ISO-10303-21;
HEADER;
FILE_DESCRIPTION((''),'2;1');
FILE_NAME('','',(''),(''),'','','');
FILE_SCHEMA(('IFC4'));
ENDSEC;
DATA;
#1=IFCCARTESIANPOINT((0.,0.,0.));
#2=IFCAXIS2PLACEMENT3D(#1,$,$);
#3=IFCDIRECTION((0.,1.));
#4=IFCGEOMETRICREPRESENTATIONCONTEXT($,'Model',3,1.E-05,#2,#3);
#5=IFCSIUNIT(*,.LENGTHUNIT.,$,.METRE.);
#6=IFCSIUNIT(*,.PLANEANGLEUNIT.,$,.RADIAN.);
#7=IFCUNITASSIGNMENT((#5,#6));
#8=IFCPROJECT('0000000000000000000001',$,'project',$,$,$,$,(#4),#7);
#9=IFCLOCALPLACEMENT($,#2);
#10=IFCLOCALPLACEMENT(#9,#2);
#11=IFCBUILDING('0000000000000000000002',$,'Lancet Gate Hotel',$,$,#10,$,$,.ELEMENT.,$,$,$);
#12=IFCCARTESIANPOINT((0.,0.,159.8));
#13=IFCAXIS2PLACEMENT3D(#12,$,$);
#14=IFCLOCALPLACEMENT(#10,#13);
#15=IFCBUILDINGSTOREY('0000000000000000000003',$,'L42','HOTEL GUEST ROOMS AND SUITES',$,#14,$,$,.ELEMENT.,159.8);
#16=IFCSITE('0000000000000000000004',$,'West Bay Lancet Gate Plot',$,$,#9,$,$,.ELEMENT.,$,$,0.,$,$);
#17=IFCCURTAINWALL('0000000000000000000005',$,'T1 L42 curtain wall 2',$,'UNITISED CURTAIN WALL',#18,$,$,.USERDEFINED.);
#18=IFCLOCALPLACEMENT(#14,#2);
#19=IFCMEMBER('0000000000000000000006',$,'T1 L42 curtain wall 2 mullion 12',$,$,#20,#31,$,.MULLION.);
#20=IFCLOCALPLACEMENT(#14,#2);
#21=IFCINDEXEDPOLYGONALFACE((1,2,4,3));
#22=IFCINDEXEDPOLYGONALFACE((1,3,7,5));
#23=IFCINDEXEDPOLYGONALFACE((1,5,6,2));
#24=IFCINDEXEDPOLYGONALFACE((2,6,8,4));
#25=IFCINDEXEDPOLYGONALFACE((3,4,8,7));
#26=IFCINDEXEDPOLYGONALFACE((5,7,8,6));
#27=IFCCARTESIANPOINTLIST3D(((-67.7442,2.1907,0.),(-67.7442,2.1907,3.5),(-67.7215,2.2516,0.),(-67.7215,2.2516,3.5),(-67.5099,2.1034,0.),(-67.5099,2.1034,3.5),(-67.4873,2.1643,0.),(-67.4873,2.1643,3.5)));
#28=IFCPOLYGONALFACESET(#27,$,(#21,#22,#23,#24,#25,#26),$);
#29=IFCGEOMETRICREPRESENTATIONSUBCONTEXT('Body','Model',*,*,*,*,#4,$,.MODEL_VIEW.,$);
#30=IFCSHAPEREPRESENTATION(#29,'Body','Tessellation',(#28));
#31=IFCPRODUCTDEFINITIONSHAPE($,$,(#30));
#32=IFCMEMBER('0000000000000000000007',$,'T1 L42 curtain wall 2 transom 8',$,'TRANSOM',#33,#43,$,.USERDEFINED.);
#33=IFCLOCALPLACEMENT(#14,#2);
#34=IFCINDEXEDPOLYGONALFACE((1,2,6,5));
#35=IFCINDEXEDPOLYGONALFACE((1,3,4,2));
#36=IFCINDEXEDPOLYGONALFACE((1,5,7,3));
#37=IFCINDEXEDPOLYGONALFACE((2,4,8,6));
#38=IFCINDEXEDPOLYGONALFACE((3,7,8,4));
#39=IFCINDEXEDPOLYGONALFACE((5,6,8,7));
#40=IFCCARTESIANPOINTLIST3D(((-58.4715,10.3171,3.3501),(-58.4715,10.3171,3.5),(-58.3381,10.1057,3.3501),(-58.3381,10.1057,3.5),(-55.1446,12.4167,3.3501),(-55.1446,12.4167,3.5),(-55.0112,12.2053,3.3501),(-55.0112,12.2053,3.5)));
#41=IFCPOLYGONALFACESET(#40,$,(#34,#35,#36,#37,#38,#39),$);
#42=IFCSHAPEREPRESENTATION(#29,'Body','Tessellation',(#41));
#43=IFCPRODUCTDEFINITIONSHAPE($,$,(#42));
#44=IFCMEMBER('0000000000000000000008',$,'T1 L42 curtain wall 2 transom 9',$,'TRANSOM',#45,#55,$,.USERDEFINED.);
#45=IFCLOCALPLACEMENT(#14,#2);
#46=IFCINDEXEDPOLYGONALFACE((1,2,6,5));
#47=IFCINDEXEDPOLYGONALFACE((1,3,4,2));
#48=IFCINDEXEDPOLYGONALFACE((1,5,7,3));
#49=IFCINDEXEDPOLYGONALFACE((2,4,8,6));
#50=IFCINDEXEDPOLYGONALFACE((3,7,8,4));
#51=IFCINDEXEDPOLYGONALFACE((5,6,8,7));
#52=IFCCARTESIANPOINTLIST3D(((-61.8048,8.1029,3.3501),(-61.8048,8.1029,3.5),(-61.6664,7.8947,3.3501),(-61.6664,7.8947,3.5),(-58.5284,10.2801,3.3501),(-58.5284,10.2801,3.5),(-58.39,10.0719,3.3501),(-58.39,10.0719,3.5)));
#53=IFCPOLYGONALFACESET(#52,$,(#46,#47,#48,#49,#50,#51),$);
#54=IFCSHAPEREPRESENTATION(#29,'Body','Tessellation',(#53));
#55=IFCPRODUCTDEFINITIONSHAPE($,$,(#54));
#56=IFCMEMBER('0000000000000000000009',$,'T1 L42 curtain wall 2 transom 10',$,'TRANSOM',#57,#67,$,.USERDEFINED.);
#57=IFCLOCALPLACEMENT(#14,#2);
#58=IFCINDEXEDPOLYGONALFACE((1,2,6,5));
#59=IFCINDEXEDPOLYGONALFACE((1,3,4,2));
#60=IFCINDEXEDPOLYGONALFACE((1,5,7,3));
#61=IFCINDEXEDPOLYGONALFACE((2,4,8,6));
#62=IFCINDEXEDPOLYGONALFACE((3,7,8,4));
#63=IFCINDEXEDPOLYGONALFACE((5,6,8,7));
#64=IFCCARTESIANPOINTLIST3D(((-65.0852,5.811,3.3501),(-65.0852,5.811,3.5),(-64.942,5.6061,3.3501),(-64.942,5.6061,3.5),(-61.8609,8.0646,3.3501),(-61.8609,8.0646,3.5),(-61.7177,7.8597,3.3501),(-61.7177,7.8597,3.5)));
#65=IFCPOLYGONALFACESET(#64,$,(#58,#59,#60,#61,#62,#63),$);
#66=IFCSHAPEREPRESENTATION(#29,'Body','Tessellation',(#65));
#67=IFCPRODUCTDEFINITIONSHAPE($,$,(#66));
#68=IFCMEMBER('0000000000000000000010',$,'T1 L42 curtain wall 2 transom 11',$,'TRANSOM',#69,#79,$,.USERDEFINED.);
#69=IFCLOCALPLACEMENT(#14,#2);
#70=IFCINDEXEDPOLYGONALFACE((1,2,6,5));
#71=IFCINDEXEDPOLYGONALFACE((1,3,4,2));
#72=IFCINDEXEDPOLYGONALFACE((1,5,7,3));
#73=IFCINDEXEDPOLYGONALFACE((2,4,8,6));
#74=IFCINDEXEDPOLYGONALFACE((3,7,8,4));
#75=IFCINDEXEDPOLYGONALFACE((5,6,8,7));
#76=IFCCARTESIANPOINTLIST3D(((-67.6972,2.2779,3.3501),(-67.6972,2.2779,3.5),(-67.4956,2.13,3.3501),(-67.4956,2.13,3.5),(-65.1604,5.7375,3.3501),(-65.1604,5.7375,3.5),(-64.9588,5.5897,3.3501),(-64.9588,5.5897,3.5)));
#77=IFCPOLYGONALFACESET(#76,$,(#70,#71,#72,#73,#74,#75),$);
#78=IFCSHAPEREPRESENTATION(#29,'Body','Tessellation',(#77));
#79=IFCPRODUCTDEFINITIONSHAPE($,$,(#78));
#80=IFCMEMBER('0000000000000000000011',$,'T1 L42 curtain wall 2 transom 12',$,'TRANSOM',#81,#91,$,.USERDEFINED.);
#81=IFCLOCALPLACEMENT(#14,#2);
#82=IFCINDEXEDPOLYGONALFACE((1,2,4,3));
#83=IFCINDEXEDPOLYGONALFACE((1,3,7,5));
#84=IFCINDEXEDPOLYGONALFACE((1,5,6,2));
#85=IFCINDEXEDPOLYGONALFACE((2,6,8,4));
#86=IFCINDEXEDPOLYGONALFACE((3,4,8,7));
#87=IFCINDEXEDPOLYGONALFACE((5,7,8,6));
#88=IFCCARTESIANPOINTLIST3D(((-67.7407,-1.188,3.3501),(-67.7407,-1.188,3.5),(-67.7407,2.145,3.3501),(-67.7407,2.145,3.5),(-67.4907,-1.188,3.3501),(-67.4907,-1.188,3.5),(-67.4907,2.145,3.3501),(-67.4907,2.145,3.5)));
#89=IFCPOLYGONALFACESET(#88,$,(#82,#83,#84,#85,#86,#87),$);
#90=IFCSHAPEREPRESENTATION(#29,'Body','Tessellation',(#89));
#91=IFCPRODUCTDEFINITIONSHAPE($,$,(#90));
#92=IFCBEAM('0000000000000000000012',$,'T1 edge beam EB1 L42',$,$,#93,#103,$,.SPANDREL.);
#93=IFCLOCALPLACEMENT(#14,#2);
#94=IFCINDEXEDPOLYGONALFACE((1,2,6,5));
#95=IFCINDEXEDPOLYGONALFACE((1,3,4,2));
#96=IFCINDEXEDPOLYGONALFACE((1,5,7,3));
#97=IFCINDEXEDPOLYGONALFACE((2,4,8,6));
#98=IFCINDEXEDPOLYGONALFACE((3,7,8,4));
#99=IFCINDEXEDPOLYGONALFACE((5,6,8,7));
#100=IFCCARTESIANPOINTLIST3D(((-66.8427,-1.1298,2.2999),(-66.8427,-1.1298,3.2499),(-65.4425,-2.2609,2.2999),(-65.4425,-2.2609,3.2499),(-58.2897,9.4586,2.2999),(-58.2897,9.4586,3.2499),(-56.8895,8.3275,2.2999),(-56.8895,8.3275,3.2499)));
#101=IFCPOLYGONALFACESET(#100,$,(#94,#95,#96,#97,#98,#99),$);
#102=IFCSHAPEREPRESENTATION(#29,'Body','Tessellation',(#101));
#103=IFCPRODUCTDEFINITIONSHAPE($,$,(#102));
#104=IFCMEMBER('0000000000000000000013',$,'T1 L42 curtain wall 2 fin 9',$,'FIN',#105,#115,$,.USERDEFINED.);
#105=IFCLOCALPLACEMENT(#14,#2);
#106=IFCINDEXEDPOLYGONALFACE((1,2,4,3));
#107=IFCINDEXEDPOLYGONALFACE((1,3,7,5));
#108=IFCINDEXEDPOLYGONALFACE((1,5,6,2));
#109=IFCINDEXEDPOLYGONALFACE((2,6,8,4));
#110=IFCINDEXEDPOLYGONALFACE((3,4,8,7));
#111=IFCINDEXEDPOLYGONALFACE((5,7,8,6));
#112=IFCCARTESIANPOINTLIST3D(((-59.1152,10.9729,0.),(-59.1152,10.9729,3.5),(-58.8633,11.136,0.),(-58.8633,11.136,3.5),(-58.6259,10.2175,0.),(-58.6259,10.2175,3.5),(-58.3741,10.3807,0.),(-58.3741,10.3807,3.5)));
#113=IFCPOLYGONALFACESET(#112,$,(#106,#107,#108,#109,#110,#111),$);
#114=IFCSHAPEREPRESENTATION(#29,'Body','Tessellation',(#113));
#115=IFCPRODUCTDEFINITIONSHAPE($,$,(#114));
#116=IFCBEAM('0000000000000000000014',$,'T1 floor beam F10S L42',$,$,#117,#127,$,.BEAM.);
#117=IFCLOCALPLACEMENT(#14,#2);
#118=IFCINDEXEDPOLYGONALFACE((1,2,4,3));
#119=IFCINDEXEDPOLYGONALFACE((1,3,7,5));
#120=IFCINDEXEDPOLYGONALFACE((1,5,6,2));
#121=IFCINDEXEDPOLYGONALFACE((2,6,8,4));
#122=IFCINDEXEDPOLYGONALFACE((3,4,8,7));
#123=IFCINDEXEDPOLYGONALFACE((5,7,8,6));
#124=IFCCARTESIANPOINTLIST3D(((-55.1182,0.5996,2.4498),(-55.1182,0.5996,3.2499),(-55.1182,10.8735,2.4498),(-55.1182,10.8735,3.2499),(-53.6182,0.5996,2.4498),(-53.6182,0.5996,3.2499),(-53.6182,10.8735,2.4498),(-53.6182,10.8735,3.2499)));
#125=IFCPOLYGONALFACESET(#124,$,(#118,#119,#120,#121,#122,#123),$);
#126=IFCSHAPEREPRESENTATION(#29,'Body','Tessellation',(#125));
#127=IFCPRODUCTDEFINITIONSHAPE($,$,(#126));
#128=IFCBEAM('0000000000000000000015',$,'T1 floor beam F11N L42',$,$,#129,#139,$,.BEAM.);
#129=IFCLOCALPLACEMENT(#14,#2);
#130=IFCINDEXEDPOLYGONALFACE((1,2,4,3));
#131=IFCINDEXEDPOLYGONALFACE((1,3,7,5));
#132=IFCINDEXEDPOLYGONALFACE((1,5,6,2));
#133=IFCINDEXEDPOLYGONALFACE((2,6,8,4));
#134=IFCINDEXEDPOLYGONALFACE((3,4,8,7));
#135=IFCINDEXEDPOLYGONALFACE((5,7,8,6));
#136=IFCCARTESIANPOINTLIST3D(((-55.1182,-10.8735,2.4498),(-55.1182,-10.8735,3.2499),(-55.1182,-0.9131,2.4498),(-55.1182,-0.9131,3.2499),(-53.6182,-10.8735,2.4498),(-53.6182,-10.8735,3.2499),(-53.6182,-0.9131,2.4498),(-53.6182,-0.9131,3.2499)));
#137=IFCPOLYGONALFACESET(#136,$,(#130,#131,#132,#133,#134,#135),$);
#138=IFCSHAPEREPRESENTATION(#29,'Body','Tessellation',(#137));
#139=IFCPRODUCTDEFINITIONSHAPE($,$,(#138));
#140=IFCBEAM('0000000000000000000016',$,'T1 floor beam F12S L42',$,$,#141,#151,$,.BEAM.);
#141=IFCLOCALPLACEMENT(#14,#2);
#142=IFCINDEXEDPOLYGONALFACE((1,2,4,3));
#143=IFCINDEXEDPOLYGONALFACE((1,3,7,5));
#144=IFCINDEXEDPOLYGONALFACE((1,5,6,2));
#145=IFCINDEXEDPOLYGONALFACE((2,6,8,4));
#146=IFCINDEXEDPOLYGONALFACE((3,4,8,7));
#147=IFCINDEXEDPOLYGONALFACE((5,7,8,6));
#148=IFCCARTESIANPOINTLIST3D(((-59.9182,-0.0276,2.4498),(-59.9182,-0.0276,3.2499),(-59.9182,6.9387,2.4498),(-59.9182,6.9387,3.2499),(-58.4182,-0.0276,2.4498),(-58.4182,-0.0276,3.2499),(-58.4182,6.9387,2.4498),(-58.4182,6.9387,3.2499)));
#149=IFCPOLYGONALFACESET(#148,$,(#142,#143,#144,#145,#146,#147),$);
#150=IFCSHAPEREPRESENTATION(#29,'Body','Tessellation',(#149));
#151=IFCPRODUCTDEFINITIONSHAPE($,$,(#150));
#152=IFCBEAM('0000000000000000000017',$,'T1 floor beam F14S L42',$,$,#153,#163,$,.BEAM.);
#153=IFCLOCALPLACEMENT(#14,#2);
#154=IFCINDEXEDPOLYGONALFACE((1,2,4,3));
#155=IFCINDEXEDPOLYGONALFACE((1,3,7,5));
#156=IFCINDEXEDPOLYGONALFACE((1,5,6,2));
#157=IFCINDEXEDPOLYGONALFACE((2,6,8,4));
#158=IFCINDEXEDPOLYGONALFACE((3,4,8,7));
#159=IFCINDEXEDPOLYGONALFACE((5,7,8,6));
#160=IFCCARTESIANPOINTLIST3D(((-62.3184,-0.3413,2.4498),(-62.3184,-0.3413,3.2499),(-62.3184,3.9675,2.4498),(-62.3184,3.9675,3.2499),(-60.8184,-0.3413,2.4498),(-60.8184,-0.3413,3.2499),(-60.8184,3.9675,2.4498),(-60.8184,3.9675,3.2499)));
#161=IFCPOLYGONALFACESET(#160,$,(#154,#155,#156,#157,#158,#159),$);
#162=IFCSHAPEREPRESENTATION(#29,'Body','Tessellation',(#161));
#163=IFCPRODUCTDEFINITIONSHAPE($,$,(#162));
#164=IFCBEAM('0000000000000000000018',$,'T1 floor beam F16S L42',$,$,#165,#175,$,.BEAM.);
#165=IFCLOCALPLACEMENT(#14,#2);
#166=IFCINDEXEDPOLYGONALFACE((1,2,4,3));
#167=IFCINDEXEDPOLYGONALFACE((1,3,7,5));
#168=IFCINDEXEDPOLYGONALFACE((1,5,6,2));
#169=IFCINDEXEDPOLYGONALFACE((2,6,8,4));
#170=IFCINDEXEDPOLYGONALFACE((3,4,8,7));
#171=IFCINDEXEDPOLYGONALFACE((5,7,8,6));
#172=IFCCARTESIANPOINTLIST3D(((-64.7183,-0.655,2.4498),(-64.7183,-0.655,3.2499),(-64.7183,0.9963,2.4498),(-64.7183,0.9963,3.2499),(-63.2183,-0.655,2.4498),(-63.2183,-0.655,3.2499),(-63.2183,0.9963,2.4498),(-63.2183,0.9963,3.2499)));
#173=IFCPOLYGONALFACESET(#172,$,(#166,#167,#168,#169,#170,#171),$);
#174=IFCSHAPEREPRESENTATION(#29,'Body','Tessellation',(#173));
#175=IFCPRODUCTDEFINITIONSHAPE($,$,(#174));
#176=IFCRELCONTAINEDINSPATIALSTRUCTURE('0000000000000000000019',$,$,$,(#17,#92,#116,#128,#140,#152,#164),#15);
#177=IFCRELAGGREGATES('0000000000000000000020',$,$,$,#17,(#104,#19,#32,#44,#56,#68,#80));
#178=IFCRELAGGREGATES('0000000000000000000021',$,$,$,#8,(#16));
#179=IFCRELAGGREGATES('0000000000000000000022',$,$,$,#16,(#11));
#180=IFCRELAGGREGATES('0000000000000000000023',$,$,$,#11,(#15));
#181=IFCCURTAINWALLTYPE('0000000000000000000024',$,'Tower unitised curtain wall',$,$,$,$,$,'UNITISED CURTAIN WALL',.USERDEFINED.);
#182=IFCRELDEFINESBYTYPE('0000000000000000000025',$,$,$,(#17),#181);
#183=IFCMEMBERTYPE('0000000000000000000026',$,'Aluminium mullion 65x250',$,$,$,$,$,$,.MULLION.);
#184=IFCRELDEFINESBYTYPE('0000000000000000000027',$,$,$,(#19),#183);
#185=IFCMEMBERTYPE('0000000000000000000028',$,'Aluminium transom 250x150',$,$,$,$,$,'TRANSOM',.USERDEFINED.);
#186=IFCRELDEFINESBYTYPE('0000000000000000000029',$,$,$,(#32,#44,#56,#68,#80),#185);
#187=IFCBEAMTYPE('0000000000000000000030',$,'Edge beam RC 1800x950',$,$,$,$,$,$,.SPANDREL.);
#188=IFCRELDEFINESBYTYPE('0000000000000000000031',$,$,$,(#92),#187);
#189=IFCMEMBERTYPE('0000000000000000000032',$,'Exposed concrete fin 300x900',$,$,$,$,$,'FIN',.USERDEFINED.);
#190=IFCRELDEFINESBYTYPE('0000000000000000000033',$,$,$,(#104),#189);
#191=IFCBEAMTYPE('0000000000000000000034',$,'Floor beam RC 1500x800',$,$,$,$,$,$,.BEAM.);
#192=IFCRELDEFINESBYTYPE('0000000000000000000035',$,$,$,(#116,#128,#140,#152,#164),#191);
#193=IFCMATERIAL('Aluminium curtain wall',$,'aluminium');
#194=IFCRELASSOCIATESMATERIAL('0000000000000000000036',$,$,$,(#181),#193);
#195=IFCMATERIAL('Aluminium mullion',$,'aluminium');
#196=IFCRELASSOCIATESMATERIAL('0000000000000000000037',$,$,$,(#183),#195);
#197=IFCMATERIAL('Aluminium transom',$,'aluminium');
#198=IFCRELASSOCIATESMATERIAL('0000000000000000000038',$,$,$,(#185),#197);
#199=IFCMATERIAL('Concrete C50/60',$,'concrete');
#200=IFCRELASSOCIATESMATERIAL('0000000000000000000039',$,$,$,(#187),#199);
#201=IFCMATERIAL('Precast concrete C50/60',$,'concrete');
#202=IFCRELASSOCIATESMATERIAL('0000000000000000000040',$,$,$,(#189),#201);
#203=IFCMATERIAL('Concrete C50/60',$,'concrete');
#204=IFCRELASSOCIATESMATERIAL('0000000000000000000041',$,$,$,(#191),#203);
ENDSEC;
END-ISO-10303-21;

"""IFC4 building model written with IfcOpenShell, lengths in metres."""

from ifc_helpers import new_model, si_unit, direction, frame, origin, origin_2d, place, context, subcontext, project, spatial, rectangle, extrude, material, material_profile, profile_set, type_object, element, aggregate, save


model = new_model("IFC4")

# Units and contexts
model_context = context("Model", 3, precision=1e-05, world=origin(), true_north=direction((0.0, 1.0)))
body_context = subcontext(model_context, "Body", "Model", "MODEL_VIEW")
ifc_project = project(units=[si_unit("LENGTHUNIT", "METRE"), si_unit("PLANEANGLEUNIT", "RADIAN")], contexts=[model_context])

# Site, building, storey
site_placement = place(None, origin())
site = spatial("IfcSite", under=ifc_project, at=site_placement, Name="West Bay Lancet Gate Plot", CompositionType="ELEMENT", RefElevation=0.0)
building_placement = place(site_placement, origin())
building = spatial("IfcBuilding", under=site, at=building_placement, Name="Lancet Gate Hotel", CompositionType="ELEMENT")
storey_placement = place(building_placement, frame((0.0, 0.0, 159.8)))
storey = spatial("IfcBuildingStorey", under=building, at=storey_placement, Name="L42", Description="HOTEL GUEST ROOMS AND SUITES", CompositionType="ELEMENT", Elevation=159.8)

# Curtain wall, members
ifc_material_1 = material(Name="Aluminium curtain wall", Category="aluminium")
curtain_wall_type = type_object("IfcCurtainWallType", Name="Tower unitised curtain wall", ElementType="UNITISED CURTAIN WALL", PredefinedType="USERDEFINED", material=ifc_material_1)
curtain_wall_placement = place(storey_placement, origin())
curtain_wall = element("IfcCurtainWall", 1, at=curtain_wall_placement, inside=storey, type_object=curtain_wall_type, Name="T1 L42 curtain wall 2", ObjectType="UNITISED CURTAIN WALL", PredefinedType="USERDEFINED")
ifc_material_2 = material(Name="Aluminium mullion", Category="aluminium")
ifc_material_profile_1 = material_profile(ifc_material_2, rectangle(XDim=0.0649, YDim=0.25, at=origin_2d()), Name="MULLION 65x250")
ifc_profile_set_1 = profile_set([ifc_material_profile_1], Name="Aluminium mullion")
member_type_1 = type_object("IfcMemberType", Name="Aluminium mullion 65x250", PredefinedType="MULLION", material=ifc_profile_set_1)
member_1_placement = place(storey_placement, frame((-67.6157, 2.1775, 0.0), z_axis=(0.0, 0.0, 1.0), x_axis=(-0.349199, -0.937048, 0.0)))
member_1 = element("IfcMember", 2, at=member_1_placement, type_object=member_type_1, Name="T1 L42 curtain wall 2 mullion 12", PredefinedType="MULLION", context=body_context, shape_type="SweptSolid", body=[
    extrude(rectangle(XDim=0.0649, YDim=0.25, at=origin_2d()), origin(), (0.0, 0.0, 1.0), 3.5),
])
ifc_material_3 = material(Name="Aluminium transom", Category="aluminium")
ifc_material_profile_2 = material_profile(ifc_material_3, rectangle(XDim=0.25, YDim=0.1499, at=origin_2d()), Name="TRANSOM 250x150")
ifc_profile_set_2 = profile_set([ifc_material_profile_2], Name="Aluminium transom")
member_type_2 = type_object("IfcMemberType", Name="Aluminium transom 250x150", ElementType="TRANSOM", PredefinedType="USERDEFINED", material=ifc_profile_set_2)
member_2_placement = place(storey_placement, frame((-55.0779, 12.311, 3.425), z_axis=(-0.845672, -0.533703, 0.0), x_axis=(0.533703, -0.845672, 0.0)))
member_2 = element("IfcMember", 3, at=member_2_placement, type_object=member_type_2, Name="T1 L42 curtain wall 2 transom 8", ObjectType="TRANSOM", PredefinedType="USERDEFINED", context=body_context, shape_type="SweptSolid", body=[
    extrude(rectangle(XDim=0.25, YDim=0.1499, at=origin_2d()), origin(), (0.0, 0.0, 1.0), 3.9341),
])
member_3_placement = place(storey_placement, frame((-58.4592, 10.176, 3.425), z_axis=(-0.832871, -0.553468, 0.0), x_axis=(0.553468, -0.832871, 0.0)))
member_3 = element("IfcMember", 4, at=member_3_placement, type_object=member_type_2, Name="T1 L42 curtain wall 2 transom 9", ObjectType="TRANSOM", PredefinedType="USERDEFINED", context=body_context, shape_type="SweptSolid", body=[
    extrude(rectangle(XDim=0.25, YDim=0.1499, at=origin_2d()), origin(), (0.0, 0.0, 1.0), 3.9338),
])
member_4_placement = place(storey_placement, frame((-61.7893, 7.9622, 3.425), z_axis=(-0.819637, -0.572883, 0.0), x_axis=(0.572883, -0.819637, 0.0)))
member_4 = element("IfcMember", 5, at=member_4_placement, type_object=member_type_2, Name="T1 L42 curtain wall 2 transom 10", ObjectType="TRANSOM", PredefinedType="USERDEFINED", context=body_context, shape_type="SweptSolid", body=[
    extrude(rectangle(XDim=0.25, YDim=0.1499, at=origin_2d()), origin(), (0.0, 0.0, 1.0), 3.9338),
])
member_5_placement = place(storey_placement, frame((-65.0596, 5.6636, 3.425), z_axis=(-0.591324, -0.806434, 0.0), x_axis=(0.806434, -0.591324, 0.0)))
member_5 = element("IfcMember", 6, at=member_5_placement, type_object=member_type_2, Name="T1 L42 curtain wall 2 transom 11", ObjectType="TRANSOM", PredefinedType="USERDEFINED", context=body_context, shape_type="SweptSolid", body=[
    extrude(rectangle(XDim=0.25, YDim=0.1499, at=origin_2d()), origin(), (0.0, 0.0, 1.0), 4.29),
])
member_6_placement = place(storey_placement, frame((-67.6157, 2.145, 3.425), z_axis=(0.0, -1.0, 0.0), x_axis=(1.0, 0.0, 0.0)))
member_6 = element("IfcMember", 7, at=member_6_placement, type_object=member_type_2, Name="T1 L42 curtain wall 2 transom 12", ObjectType="TRANSOM", PredefinedType="USERDEFINED", context=body_context, shape_type="SweptSolid", body=[
    extrude(rectangle(XDim=0.25, YDim=0.1499, at=origin_2d()), origin(), (0.0, 0.0, 1.0), 3.333),
])

# Beam
ifc_material_4 = material(Name="Concrete C50/60", Category="concrete")
ifc_material_profile_3 = material_profile(ifc_material_4, rectangle(XDim=1.8, YDim=0.95, at=origin_2d()), Name="RC 1800x950")
ifc_profile_set_3 = profile_set([ifc_material_profile_3], Name="Concrete C50/60")
beam_type_1 = type_object("IfcBeamType", Name="Edge beam RC 1800x950", PredefinedType="SPANDREL", material=ifc_profile_set_3)
beam_1_placement = place(storey_placement, frame((-57.5896, 8.8931, 2.7749), z_axis=(-0.628374, -0.777912, 0.0), x_axis=(0.777912, -0.628374, 0.0)))
element("IfcBeam", 8, at=beam_1_placement, inside=storey, type_object=beam_type_1, Name="T1 edge beam EB1 L42", PredefinedType="SPANDREL", context=body_context, shape_type="SweptSolid", body=[
    extrude(rectangle(XDim=1.8, YDim=0.95, at=origin_2d()), origin(), (0.0, 0.0, 1.0), 13.6113),
])

# Member
ifc_material_5 = material(Name="Precast concrete C50/60", Category="concrete")
ifc_material_profile_4 = material_profile(ifc_material_5, rectangle(XDim=0.3, YDim=0.8999, at=origin_2d()), Name="FIN 300x900")
ifc_profile_set_4 = profile_set([ifc_material_profile_4], Name="Precast concrete C50/60")
member_type_3 = type_object("IfcMemberType", Name="Exposed concrete fin 300x900", ElementType="FIN", PredefinedType="USERDEFINED", material=ifc_profile_set_4)
member_7_placement = place(storey_placement, frame((-58.7446, 10.6768, 0.0), z_axis=(0.0, 0.0, 1.0), x_axis=(-0.839331, -0.543621, 0.0)))
member_7 = element("IfcMember", 9, at=member_7_placement, type_object=member_type_3, Name="T1 L42 curtain wall 2 fin 9", ObjectType="FIN", PredefinedType="USERDEFINED", context=body_context, shape_type="SweptSolid", body=[
    extrude(rectangle(XDim=0.3, YDim=0.8999, at=origin_2d()), origin(), (0.0, 0.0, 1.0), 3.5),
])

# Beams
ifc_material_6 = material(Name="Concrete C50/60", Category="concrete")
ifc_material_profile_5 = material_profile(ifc_material_6, rectangle(XDim=1.5, YDim=0.8, at=origin_2d()), Name="RC 1500x800")
ifc_profile_set_5 = profile_set([ifc_material_profile_5], Name="Concrete C50/60")
beam_type_2 = type_object("IfcBeamType", Name="Floor beam RC 1500x800", PredefinedType="BEAM", material=ifc_profile_set_5)
beam_2_placement = place(storey_placement, frame((-54.3682, 10.8735, 2.8499), z_axis=(0.0, -1.0, 0.0), x_axis=(1.0, 0.0, 0.0)))
element("IfcBeam", 10, at=beam_2_placement, inside=storey, type_object=beam_type_2, Name="T1 floor beam F10S L42", PredefinedType="BEAM", context=body_context, shape_type="SweptSolid", body=[
    extrude(rectangle(XDim=1.5, YDim=0.8, at=origin_2d()), origin(), (0.0, 0.0, 1.0), 10.2739),
])
beam_3_placement = place(storey_placement, frame((-54.3682, -0.9131, 2.8499), z_axis=(0.0, -1.0, 0.0), x_axis=(1.0, 0.0, 0.0)))
element("IfcBeam", 11, at=beam_3_placement, inside=storey, type_object=beam_type_2, Name="T1 floor beam F11N L42", PredefinedType="BEAM", context=body_context, shape_type="SweptSolid", body=[
    extrude(rectangle(XDim=1.5, YDim=0.8, at=origin_2d()), origin(), (0.0, 0.0, 1.0), 9.9604),
])
beam_4_placement = place(storey_placement, frame((-59.1682, 6.9387, 2.8499), z_axis=(0.0, -1.0, 0.0), x_axis=(1.0, 0.0, 0.0)))
element("IfcBeam", 12, at=beam_4_placement, inside=storey, type_object=beam_type_2, Name="T1 floor beam F12S L42", PredefinedType="BEAM", context=body_context, shape_type="SweptSolid", body=[
    extrude(rectangle(XDim=1.5, YDim=0.8, at=origin_2d()), origin(), (0.0, 0.0, 1.0), 6.9663),
])
beam_5_placement = place(storey_placement, frame((-61.5684, 3.9675, 2.8499), z_axis=(0.0, -1.0, 0.0), x_axis=(1.0, 0.0, 0.0)))
element("IfcBeam", 13, at=beam_5_placement, inside=storey, type_object=beam_type_2, Name="T1 floor beam F14S L42", PredefinedType="BEAM", context=body_context, shape_type="SweptSolid", body=[
    extrude(rectangle(XDim=1.5, YDim=0.8, at=origin_2d()), origin(), (0.0, 0.0, 1.0), 4.3088),
])
beam_6_placement = place(storey_placement, frame((-63.9683, 0.9963, 2.8499), z_axis=(0.0, -1.0, 0.0), x_axis=(1.0, 0.0, 0.0)))
element("IfcBeam", 14, at=beam_6_placement, inside=storey, type_object=beam_type_2, Name="T1 floor beam F16S L42", PredefinedType="BEAM", context=body_context, shape_type="SweptSolid", body=[
    extrude(rectangle(XDim=1.5, YDim=0.8, at=origin_2d()), origin(), (0.0, 0.0, 1.0), 1.6514),
])

aggregate(curtain_wall, [member_7, member_1, member_2, member_3, member_4, member_5, member_6])

save(model, "model.ifc")
